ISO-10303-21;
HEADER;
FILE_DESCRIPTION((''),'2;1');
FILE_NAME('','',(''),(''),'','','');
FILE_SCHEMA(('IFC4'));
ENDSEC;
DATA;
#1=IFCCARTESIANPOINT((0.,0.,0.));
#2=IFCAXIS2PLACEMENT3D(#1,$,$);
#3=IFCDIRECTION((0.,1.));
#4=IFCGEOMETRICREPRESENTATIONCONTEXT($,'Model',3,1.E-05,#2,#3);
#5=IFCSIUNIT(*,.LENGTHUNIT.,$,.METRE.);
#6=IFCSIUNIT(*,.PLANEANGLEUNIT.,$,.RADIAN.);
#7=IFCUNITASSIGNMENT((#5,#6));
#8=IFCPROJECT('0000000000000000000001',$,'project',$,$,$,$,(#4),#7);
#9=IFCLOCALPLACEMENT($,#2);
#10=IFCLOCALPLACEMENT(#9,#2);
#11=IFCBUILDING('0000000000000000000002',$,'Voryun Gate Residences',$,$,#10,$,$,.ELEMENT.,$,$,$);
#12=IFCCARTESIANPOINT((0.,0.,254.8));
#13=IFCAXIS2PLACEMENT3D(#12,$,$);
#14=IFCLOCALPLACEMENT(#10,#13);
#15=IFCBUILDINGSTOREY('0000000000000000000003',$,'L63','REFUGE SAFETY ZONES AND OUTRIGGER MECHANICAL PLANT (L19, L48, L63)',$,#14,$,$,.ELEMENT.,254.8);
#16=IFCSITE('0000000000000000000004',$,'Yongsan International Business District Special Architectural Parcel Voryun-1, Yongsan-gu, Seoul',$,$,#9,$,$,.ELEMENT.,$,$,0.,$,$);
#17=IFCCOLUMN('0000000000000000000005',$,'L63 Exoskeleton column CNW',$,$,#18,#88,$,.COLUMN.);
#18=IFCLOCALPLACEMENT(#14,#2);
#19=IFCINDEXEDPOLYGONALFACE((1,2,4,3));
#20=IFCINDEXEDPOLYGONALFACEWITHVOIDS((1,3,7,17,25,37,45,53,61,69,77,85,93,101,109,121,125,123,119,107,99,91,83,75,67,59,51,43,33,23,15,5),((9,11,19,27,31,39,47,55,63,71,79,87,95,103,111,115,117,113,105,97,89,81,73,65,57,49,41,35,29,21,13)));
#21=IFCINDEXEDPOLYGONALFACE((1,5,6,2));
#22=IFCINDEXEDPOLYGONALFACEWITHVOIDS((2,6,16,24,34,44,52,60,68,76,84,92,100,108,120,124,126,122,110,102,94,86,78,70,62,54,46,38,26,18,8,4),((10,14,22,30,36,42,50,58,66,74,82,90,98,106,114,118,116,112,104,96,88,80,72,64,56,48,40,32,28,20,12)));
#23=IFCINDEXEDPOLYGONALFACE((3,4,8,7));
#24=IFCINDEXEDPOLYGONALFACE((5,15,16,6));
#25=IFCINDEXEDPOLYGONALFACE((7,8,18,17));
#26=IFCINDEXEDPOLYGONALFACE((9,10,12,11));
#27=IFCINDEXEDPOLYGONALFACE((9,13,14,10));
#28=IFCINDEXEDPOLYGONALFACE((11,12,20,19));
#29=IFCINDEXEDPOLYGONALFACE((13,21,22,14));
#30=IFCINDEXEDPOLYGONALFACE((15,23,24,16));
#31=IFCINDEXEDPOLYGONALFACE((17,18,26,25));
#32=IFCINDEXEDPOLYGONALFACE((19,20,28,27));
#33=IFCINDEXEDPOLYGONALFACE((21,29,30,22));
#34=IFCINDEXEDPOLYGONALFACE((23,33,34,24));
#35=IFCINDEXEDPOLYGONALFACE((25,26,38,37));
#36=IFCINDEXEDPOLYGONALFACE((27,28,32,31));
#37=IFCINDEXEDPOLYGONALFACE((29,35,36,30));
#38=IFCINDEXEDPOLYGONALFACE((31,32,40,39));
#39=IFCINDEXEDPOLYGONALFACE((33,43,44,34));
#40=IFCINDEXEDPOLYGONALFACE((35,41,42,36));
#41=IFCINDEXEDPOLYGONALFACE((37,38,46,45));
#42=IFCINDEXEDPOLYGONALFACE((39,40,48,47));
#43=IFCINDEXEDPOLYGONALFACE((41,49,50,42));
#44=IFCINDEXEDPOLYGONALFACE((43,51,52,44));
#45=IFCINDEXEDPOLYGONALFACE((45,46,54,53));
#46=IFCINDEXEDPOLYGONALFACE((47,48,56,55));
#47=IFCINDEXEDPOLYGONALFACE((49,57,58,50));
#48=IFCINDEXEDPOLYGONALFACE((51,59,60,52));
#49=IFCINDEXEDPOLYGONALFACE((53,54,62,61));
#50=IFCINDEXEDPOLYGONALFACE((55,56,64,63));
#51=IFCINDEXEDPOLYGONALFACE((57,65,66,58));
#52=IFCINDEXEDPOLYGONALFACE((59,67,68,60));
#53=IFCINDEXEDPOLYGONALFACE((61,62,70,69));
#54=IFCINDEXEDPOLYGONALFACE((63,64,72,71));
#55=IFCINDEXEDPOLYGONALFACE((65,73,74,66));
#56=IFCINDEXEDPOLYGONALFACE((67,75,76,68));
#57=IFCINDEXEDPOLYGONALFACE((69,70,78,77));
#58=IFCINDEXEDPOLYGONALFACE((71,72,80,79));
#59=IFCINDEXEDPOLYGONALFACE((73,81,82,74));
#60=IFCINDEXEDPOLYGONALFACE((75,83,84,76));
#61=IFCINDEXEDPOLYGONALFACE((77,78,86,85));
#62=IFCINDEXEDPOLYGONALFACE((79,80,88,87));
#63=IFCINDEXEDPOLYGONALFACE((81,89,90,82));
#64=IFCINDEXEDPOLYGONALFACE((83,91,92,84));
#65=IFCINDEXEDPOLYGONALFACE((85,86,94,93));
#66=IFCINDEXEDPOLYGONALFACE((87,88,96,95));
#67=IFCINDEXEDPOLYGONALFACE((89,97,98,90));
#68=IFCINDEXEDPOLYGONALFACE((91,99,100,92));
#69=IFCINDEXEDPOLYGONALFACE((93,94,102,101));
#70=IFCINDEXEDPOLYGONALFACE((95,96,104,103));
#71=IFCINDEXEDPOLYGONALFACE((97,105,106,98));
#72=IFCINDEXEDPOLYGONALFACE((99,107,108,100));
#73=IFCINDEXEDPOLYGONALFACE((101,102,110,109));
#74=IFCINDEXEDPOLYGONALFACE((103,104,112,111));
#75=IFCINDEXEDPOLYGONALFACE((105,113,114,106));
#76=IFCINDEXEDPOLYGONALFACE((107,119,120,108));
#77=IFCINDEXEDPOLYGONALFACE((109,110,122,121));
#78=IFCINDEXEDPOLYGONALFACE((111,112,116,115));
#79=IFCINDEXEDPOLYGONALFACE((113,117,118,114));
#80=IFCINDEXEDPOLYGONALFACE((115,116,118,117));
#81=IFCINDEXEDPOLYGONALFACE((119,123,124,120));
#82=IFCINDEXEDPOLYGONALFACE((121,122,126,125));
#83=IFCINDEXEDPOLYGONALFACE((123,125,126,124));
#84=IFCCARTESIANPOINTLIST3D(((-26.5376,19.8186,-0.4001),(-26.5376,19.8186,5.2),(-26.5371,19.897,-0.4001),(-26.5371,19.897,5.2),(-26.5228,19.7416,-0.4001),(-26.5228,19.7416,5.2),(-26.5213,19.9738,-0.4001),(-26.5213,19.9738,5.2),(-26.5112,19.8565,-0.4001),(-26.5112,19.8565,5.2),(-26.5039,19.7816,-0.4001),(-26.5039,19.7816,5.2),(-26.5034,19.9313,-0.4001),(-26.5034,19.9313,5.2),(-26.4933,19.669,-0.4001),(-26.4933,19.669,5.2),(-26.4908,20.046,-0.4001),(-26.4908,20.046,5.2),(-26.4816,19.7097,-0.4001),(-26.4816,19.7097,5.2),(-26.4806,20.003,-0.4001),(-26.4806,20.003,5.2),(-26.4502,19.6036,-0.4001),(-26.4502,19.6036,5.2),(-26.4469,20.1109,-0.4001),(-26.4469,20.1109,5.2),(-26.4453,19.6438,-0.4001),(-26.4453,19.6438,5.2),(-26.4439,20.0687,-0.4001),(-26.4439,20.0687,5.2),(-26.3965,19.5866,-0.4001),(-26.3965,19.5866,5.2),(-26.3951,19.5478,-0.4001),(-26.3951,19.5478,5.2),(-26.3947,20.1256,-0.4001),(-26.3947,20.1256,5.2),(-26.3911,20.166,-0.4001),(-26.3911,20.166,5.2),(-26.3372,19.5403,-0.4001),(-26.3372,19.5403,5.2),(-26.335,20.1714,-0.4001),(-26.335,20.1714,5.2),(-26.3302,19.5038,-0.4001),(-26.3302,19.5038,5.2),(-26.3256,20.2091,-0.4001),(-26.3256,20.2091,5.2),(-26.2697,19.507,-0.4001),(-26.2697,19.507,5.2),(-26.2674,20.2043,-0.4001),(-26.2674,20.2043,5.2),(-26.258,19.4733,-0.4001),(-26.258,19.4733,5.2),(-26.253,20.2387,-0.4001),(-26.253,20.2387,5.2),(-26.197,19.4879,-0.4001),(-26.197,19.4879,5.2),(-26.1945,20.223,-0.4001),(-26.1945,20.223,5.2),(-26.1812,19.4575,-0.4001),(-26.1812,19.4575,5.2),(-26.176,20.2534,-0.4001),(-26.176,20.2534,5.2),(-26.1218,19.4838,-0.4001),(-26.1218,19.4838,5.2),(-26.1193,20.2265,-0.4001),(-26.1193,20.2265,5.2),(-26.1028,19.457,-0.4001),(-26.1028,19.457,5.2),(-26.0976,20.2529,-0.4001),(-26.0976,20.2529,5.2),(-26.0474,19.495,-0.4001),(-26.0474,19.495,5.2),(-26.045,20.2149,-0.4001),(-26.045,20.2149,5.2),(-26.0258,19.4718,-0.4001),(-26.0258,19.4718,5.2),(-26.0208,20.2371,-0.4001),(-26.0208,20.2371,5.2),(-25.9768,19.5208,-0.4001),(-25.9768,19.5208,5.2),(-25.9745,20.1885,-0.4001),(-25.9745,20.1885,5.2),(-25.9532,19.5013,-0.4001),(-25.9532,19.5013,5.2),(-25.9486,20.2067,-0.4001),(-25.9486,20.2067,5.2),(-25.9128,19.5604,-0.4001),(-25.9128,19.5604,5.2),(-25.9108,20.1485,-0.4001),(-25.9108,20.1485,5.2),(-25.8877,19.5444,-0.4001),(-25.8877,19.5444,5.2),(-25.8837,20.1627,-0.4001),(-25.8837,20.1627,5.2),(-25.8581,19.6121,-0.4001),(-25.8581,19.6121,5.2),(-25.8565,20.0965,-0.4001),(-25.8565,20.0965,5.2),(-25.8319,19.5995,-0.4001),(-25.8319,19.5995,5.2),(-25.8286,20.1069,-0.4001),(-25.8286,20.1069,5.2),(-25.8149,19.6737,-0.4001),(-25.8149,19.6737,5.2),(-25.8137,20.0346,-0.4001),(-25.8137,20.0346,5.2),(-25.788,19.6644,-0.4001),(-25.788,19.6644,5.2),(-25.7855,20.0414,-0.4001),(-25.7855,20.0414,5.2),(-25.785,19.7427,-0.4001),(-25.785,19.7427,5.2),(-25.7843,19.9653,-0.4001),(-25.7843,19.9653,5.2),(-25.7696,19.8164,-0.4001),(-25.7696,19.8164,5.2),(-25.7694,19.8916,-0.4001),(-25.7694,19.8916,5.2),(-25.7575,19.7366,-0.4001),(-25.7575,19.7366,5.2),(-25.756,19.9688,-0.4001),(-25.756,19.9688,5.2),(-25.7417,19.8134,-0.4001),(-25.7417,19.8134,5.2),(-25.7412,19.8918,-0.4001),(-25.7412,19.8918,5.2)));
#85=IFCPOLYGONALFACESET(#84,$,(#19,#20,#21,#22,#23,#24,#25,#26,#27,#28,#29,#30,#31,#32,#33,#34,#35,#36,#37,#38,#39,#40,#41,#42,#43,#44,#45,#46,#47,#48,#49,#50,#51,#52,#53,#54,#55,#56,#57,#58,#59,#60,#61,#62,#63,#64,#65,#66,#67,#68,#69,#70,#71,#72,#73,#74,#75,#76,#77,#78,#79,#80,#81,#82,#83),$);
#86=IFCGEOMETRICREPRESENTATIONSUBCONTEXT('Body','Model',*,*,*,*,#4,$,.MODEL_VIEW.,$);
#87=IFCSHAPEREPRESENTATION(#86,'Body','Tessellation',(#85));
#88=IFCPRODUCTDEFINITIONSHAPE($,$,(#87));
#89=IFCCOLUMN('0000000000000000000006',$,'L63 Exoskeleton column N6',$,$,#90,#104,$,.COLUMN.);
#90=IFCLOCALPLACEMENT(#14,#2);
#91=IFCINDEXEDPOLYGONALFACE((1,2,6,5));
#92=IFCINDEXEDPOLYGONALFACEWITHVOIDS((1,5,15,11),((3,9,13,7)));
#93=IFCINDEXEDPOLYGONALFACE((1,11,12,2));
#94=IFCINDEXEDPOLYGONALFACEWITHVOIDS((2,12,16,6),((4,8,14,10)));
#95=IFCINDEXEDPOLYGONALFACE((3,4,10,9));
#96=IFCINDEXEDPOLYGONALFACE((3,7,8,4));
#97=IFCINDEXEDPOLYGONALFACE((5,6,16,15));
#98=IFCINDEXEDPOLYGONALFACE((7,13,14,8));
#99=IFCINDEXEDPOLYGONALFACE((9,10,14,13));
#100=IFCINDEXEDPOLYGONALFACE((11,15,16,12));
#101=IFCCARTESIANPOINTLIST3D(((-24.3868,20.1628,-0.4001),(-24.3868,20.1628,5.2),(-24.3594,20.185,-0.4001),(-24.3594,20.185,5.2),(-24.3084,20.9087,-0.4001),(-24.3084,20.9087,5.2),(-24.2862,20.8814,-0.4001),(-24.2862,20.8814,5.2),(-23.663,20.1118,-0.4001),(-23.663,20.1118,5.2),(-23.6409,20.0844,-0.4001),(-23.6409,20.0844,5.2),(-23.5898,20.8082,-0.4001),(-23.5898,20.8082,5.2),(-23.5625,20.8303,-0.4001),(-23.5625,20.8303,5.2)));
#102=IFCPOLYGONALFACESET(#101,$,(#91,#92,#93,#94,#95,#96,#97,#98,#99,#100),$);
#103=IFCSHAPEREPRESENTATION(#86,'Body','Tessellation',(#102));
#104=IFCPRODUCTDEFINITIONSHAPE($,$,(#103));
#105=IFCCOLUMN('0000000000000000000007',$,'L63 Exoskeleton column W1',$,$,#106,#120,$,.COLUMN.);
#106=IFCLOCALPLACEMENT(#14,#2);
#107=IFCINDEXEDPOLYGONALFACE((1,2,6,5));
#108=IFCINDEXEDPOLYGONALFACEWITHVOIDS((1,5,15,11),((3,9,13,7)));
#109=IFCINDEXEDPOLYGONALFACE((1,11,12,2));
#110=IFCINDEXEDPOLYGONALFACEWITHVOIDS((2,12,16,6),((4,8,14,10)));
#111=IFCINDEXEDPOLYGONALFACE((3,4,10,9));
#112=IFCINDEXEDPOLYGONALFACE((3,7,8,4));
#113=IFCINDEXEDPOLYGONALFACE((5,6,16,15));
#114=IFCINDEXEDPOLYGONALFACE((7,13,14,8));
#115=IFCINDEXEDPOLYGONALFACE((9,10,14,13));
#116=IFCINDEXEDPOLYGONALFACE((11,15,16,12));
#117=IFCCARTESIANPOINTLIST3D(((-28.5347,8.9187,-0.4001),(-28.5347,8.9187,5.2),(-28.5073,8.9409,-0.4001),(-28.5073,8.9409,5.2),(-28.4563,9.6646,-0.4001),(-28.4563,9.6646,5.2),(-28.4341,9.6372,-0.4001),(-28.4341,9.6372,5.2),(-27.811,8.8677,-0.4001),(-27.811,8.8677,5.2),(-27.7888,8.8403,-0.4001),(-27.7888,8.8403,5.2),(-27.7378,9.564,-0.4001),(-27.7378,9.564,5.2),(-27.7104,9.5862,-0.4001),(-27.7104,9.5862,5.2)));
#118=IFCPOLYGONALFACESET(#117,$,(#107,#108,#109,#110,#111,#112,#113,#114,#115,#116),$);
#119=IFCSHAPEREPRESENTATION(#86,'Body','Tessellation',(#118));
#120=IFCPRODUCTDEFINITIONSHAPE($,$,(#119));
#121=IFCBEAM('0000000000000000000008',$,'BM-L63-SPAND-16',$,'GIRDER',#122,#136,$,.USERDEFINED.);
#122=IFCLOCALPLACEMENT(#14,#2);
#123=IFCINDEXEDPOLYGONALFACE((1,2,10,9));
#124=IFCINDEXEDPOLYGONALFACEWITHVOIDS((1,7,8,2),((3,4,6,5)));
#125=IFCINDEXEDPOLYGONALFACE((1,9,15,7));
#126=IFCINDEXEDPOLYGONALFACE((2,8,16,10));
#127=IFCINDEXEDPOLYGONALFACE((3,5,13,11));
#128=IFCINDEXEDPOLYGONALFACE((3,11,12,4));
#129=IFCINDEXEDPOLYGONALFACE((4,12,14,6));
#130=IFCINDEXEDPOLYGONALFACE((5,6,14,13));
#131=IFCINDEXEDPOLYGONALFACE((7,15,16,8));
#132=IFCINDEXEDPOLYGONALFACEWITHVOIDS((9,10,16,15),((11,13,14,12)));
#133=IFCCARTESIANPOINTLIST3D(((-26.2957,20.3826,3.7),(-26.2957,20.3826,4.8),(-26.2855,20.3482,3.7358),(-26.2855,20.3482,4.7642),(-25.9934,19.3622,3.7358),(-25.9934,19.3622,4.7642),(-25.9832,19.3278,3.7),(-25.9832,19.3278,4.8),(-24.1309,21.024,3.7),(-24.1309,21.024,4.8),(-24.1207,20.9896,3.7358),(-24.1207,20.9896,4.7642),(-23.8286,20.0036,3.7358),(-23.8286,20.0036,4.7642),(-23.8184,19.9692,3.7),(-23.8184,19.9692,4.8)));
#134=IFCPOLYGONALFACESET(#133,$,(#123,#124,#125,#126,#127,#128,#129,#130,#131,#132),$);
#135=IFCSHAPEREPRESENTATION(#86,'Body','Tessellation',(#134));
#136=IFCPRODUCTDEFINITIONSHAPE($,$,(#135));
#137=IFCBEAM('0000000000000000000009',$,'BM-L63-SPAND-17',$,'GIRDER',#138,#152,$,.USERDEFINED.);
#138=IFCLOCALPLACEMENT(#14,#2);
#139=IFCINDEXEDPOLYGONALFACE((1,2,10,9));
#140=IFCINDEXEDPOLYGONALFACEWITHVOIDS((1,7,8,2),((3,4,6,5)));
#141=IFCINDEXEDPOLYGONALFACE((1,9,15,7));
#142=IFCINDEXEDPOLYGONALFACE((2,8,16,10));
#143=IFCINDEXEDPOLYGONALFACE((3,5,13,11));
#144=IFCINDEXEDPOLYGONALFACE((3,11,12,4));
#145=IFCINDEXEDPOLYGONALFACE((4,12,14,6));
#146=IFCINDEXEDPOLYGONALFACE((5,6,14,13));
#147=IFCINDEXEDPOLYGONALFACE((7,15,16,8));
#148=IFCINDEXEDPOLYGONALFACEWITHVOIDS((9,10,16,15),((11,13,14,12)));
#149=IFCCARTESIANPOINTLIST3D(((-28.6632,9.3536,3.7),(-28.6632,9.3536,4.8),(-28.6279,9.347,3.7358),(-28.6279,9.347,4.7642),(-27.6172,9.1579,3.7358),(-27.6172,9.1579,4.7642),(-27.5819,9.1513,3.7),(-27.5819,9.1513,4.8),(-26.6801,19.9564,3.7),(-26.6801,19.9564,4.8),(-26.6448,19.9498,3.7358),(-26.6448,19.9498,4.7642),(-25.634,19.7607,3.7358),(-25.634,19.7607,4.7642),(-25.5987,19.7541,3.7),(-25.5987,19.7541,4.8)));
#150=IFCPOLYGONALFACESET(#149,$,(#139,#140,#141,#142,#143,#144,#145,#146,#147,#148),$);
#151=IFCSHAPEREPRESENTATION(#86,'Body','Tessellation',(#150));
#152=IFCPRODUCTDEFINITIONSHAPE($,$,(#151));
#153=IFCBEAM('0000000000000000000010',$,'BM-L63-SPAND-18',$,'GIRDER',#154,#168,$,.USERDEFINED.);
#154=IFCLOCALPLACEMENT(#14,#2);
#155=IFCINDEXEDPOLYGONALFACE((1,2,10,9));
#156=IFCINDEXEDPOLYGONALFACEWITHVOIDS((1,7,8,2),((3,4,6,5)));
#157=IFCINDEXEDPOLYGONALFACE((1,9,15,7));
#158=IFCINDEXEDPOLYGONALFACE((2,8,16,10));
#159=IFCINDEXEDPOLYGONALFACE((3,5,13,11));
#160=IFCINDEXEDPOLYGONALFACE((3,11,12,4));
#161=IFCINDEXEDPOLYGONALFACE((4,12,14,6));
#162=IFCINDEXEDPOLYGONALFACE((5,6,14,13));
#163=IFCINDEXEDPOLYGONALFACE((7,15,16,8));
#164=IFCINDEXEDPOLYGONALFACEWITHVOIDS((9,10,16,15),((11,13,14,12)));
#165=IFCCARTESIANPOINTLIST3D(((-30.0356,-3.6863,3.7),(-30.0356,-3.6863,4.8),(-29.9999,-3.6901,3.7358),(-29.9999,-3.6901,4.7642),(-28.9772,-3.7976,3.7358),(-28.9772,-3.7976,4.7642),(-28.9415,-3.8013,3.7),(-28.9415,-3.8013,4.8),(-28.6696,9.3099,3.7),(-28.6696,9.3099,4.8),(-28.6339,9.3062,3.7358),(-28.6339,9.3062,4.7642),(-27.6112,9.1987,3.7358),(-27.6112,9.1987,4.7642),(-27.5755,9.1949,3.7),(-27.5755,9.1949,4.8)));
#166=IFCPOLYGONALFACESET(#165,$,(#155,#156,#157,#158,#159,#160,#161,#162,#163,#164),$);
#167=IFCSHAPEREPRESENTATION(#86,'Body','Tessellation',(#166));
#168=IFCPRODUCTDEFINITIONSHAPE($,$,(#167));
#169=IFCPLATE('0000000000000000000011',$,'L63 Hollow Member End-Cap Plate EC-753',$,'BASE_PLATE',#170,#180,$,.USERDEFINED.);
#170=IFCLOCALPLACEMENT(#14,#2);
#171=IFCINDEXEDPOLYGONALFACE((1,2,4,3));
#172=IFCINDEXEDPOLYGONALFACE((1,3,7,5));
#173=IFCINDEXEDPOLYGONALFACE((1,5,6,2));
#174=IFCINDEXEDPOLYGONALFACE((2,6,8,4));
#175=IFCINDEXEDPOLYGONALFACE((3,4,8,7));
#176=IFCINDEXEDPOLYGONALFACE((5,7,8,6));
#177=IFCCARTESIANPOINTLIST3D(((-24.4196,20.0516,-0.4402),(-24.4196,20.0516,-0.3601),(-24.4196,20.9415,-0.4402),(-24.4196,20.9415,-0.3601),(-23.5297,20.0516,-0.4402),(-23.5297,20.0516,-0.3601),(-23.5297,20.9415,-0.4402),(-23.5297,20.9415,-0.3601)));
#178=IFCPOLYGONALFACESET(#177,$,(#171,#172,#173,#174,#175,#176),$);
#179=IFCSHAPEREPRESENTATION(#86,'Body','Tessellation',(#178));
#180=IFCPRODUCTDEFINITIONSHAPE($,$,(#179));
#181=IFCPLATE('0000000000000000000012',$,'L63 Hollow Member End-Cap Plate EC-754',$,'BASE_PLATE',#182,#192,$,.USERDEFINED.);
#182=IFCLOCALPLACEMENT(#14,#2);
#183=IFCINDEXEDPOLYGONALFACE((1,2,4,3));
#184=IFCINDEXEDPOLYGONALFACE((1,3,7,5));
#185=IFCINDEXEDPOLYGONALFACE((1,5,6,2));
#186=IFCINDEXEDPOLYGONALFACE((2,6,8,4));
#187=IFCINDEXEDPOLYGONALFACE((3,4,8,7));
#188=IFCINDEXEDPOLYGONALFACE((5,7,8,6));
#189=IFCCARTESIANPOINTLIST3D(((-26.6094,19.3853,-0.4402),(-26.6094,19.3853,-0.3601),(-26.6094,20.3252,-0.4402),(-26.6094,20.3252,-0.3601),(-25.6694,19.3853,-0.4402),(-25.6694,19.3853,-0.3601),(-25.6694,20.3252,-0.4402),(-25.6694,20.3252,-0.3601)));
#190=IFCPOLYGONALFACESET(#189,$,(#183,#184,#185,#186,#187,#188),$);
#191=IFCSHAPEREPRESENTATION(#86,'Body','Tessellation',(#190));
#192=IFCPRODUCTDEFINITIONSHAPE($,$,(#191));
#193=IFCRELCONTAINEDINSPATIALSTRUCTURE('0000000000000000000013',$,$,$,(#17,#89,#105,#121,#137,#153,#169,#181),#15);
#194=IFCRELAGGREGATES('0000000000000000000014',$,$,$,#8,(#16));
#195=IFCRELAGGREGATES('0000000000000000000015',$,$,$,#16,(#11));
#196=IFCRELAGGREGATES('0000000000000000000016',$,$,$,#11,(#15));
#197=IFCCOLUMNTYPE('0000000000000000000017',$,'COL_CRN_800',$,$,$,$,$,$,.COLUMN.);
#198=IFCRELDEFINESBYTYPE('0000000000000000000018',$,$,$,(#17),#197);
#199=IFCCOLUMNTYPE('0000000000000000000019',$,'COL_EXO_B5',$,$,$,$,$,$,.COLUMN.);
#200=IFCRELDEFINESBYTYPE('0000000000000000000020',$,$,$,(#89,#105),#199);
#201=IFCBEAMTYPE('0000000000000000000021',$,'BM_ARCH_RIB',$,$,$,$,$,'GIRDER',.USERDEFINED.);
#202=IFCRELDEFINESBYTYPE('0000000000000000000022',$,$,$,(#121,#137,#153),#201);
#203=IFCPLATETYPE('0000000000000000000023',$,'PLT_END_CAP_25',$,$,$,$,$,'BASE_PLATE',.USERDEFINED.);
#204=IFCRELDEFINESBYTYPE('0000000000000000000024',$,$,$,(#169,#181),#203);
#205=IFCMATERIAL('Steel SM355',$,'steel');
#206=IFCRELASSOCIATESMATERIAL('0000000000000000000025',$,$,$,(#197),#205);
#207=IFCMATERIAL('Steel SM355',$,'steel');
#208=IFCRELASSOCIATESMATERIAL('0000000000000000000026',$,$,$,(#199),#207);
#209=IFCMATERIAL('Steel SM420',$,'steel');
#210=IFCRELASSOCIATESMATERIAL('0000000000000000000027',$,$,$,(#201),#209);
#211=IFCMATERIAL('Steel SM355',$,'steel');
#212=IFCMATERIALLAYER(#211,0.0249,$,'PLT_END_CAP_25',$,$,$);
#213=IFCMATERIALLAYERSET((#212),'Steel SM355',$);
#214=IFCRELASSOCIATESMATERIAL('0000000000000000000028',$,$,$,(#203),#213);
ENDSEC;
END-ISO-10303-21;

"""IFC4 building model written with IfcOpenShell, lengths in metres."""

from ifc_helpers import new_model, si_unit, direction, frame, origin, origin_2d, place, context, subcontext, project, spatial, rectangle, hollow_rectangle, hollow_circle, extrude, material, layer, layer_set, material_profile, profile_set, type_object, element, save


model = new_model("IFC4")

# Units and contexts
model_context = context("Model", 3, precision=1e-05, world=origin(), true_north=direction((0.0, 1.0)))
body_context = subcontext(model_context, "Body", "Model", "MODEL_VIEW")
ifc_project = project(units=[si_unit("LENGTHUNIT", "METRE"), si_unit("PLANEANGLEUNIT", "RADIAN")], contexts=[model_context])

# Site, building, storey
site_placement = place(None, origin())
site = spatial("IfcSite", under=ifc_project, at=site_placement, Name="Yongsan International Business District Special Architectural Parcel Voryun-1, Yongsan-gu, Seoul", CompositionType="ELEMENT", RefElevation=0.0)
building_placement = place(site_placement, origin())
building = spatial("IfcBuilding", under=site, at=building_placement, Name="Voryun Gate Residences", CompositionType="ELEMENT")
storey_placement = place(building_placement, frame((0.0, 0.0, 254.8)))
storey = spatial("IfcBuildingStorey", under=building, at=storey_placement, Name="L63", Description="REFUGE SAFETY ZONES AND OUTRIGGER MECHANICAL PLANT (L19, L48, L63)", CompositionType="ELEMENT", Elevation=254.8)

# Columns
ifc_material_1 = material(Name="Steel SM355", Category="steel")
ifc_material_profile_1 = material_profile(ifc_material_1, hollow_circle(Radius=0.3999, WallThickness=0.0281, at=origin_2d()), Name="CHS-800x28")
ifc_profile_set_1 = profile_set([ifc_material_profile_1], Name="Steel SM355")
column_type_1 = type_object("IfcColumnType", Name="COL_CRN_800", PredefinedType="COLUMN", material=ifc_profile_set_1)
column_placement = place(storey_placement, frame((-26.1394, 19.8552, -0.4001), z_axis=(0.0, 0.0, 1.0), x_axis=(0.994522, -0.104528, 0.0)))
element("IfcColumn", 1, at=column_placement, inside=storey, type_object=column_type_1, Name="L63 Exoskeleton column CNW", PredefinedType="COLUMN", context=body_context, shape_type="SweptSolid", body=[
    extrude(hollow_circle(Radius=0.3999, WallThickness=0.0281, at=origin_2d()), origin(), (0.0, 0.0, 1.0), 5.6001),
])
ifc_material_2 = material(Name="Steel SM355", Category="steel")
ifc_material_profile_2 = material_profile(ifc_material_2, hollow_rectangle(XDim=0.75, YDim=0.75, WallThickness=0.0249, at=origin_2d()), Name="BOX-750x750x25")
ifc_profile_set_2 = profile_set([ifc_material_profile_2], Name="Steel SM355")
column_type_2 = type_object("IfcColumnType", Name="COL_EXO_B5", PredefinedType="COLUMN", material=ifc_profile_set_2)
for number, where, z_axis, x_axis, name in (
    (2, (-23.9746, 20.4966, -0.4001), (0.0, 0.0, 1.0), (0.994522, -0.104528, 0.0), "L63 Exoskeleton column N6"),
    (3, (-28.1226, 9.2524, -0.4001), (0.0, 0.0, 1.0), (0.994522, -0.104528, 0.0), "L63 Exoskeleton column W1"),
):
    element("IfcColumn", number, at=place(storey_placement, frame(where, z_axis=z_axis, x_axis=x_axis)), inside=storey, type_object=column_type_2, Name=name, PredefinedType="COLUMN", context=body_context, shape_type="SweptSolid", body=[
        extrude(hollow_rectangle(XDim=0.75, YDim=0.75, WallThickness=0.0249, at=origin_2d()), origin(), (0.0, 0.0, 1.0), 5.6001),
    ])

# Beams
ifc_material_3 = material(Name="Steel SM420", Category="steel")
ifc_material_profile_3 = material_profile(ifc_material_3, hollow_rectangle(XDim=1.1001, YDim=1.1001, WallThickness=0.0359, at=origin_2d()), Name="BOX-1100x1100x36")
ifc_profile_set_3 = profile_set([ifc_material_profile_3], Name="Steel SM420")
beam_type = type_object("IfcBeamType", Name="BM_ARCH_RIB", ElementType="GIRDER", PredefinedType="USERDEFINED", material=ifc_profile_set_3)
beam_1_placement = place(storey_placement, frame((-23.9746, 20.4966, 4.25), z_axis=(-0.958806, -0.284063, 0.0), x_axis=(0.284063, -0.958806, 0.0)))
element("IfcBeam", 4, at=beam_1_placement, inside=storey, type_object=beam_type, Name="BM-L63-SPAND-16", ObjectType="GIRDER", PredefinedType="USERDEFINED", context=body_context, shape_type="SweptSolid", body=[
    extrude(hollow_rectangle(XDim=1.1001, YDim=1.1001, WallThickness=0.0359, at=origin_2d()), origin(), (0.0, 0.0, 1.0), 2.2578),
])
beam_2_placement = place(storey_placement, frame((-26.1394, 19.8552, 4.25), z_axis=(-0.183853, -0.982954, 0.0), x_axis=(0.982954, -0.183853, 0.0)))
element("IfcBeam", 5, at=beam_2_placement, inside=storey, type_object=beam_type, Name="BM-L63-SPAND-17", ObjectType="GIRDER", PredefinedType="USERDEFINED", context=body_context, shape_type="SweptSolid", body=[
    extrude(hollow_rectangle(XDim=1.1001, YDim=1.1001, WallThickness=0.0359, at=origin_2d()), origin(), (0.0, 0.0, 1.0), 10.7866),
])
beam_3_placement = place(storey_placement, frame((-28.1226, 9.2524, 4.25), z_axis=(-0.104528, -0.994522, 0.0), x_axis=(0.994522, -0.104528, 0.0)))
element("IfcBeam", 6, at=beam_3_placement, inside=storey, type_object=beam_type, Name="BM-L63-SPAND-18", ObjectType="GIRDER", PredefinedType="USERDEFINED", context=body_context, shape_type="SweptSolid", body=[
    extrude(hollow_rectangle(XDim=1.1001, YDim=1.1001, WallThickness=0.0359, at=origin_2d()), origin(), (0.0, 0.0, 1.0), 13.0679),
])

# Plates
ifc_material_4 = material(Name="Steel SM355", Category="steel")
ifc_layer_1 = layer(ifc_material_4, 0.0249, Name="PLT_END_CAP_25")
ifc_layer_set_1 = layer_set([ifc_layer_1], Name="Steel SM355")
plate_type = type_object("IfcPlateType", Name="PLT_END_CAP_25", ElementType="BASE_PLATE", PredefinedType="USERDEFINED", material=ifc_layer_set_1)
plate_1_placement = place(storey_placement, frame((-23.9746, 20.4966, -0.4402), z_axis=(0.0, 0.0, 1.0), x_axis=(1.0, 0.0, 0.0)))
element("IfcPlate", 7, at=plate_1_placement, inside=storey, type_object=plate_type, Name="L63 Hollow Member End-Cap Plate EC-753", ObjectType="BASE_PLATE", PredefinedType="USERDEFINED", context=body_context, shape_type="SweptSolid", body=[
    extrude(rectangle(XDim=0.8899, YDim=0.8899, at=origin_2d()), origin(), (0.0, 0.0, 1.0), 0.0801),
])
plate_2_placement = place(storey_placement, frame((-26.1394, 19.8552, -0.4402), z_axis=(0.0, 0.0, 1.0), x_axis=(1.0, 0.0, 0.0)))
element("IfcPlate", 8, at=plate_2_placement, inside=storey, type_object=plate_type, Name="L63 Hollow Member End-Cap Plate EC-754", ObjectType="BASE_PLATE", PredefinedType="USERDEFINED", context=body_context, shape_type="SweptSolid", body=[
    extrude(rectangle(XDim=0.9399, YDim=0.9399, at=origin_2d()), origin(), (0.0, 0.0, 1.0), 0.0801),
])

save(model, "model.ifc")
